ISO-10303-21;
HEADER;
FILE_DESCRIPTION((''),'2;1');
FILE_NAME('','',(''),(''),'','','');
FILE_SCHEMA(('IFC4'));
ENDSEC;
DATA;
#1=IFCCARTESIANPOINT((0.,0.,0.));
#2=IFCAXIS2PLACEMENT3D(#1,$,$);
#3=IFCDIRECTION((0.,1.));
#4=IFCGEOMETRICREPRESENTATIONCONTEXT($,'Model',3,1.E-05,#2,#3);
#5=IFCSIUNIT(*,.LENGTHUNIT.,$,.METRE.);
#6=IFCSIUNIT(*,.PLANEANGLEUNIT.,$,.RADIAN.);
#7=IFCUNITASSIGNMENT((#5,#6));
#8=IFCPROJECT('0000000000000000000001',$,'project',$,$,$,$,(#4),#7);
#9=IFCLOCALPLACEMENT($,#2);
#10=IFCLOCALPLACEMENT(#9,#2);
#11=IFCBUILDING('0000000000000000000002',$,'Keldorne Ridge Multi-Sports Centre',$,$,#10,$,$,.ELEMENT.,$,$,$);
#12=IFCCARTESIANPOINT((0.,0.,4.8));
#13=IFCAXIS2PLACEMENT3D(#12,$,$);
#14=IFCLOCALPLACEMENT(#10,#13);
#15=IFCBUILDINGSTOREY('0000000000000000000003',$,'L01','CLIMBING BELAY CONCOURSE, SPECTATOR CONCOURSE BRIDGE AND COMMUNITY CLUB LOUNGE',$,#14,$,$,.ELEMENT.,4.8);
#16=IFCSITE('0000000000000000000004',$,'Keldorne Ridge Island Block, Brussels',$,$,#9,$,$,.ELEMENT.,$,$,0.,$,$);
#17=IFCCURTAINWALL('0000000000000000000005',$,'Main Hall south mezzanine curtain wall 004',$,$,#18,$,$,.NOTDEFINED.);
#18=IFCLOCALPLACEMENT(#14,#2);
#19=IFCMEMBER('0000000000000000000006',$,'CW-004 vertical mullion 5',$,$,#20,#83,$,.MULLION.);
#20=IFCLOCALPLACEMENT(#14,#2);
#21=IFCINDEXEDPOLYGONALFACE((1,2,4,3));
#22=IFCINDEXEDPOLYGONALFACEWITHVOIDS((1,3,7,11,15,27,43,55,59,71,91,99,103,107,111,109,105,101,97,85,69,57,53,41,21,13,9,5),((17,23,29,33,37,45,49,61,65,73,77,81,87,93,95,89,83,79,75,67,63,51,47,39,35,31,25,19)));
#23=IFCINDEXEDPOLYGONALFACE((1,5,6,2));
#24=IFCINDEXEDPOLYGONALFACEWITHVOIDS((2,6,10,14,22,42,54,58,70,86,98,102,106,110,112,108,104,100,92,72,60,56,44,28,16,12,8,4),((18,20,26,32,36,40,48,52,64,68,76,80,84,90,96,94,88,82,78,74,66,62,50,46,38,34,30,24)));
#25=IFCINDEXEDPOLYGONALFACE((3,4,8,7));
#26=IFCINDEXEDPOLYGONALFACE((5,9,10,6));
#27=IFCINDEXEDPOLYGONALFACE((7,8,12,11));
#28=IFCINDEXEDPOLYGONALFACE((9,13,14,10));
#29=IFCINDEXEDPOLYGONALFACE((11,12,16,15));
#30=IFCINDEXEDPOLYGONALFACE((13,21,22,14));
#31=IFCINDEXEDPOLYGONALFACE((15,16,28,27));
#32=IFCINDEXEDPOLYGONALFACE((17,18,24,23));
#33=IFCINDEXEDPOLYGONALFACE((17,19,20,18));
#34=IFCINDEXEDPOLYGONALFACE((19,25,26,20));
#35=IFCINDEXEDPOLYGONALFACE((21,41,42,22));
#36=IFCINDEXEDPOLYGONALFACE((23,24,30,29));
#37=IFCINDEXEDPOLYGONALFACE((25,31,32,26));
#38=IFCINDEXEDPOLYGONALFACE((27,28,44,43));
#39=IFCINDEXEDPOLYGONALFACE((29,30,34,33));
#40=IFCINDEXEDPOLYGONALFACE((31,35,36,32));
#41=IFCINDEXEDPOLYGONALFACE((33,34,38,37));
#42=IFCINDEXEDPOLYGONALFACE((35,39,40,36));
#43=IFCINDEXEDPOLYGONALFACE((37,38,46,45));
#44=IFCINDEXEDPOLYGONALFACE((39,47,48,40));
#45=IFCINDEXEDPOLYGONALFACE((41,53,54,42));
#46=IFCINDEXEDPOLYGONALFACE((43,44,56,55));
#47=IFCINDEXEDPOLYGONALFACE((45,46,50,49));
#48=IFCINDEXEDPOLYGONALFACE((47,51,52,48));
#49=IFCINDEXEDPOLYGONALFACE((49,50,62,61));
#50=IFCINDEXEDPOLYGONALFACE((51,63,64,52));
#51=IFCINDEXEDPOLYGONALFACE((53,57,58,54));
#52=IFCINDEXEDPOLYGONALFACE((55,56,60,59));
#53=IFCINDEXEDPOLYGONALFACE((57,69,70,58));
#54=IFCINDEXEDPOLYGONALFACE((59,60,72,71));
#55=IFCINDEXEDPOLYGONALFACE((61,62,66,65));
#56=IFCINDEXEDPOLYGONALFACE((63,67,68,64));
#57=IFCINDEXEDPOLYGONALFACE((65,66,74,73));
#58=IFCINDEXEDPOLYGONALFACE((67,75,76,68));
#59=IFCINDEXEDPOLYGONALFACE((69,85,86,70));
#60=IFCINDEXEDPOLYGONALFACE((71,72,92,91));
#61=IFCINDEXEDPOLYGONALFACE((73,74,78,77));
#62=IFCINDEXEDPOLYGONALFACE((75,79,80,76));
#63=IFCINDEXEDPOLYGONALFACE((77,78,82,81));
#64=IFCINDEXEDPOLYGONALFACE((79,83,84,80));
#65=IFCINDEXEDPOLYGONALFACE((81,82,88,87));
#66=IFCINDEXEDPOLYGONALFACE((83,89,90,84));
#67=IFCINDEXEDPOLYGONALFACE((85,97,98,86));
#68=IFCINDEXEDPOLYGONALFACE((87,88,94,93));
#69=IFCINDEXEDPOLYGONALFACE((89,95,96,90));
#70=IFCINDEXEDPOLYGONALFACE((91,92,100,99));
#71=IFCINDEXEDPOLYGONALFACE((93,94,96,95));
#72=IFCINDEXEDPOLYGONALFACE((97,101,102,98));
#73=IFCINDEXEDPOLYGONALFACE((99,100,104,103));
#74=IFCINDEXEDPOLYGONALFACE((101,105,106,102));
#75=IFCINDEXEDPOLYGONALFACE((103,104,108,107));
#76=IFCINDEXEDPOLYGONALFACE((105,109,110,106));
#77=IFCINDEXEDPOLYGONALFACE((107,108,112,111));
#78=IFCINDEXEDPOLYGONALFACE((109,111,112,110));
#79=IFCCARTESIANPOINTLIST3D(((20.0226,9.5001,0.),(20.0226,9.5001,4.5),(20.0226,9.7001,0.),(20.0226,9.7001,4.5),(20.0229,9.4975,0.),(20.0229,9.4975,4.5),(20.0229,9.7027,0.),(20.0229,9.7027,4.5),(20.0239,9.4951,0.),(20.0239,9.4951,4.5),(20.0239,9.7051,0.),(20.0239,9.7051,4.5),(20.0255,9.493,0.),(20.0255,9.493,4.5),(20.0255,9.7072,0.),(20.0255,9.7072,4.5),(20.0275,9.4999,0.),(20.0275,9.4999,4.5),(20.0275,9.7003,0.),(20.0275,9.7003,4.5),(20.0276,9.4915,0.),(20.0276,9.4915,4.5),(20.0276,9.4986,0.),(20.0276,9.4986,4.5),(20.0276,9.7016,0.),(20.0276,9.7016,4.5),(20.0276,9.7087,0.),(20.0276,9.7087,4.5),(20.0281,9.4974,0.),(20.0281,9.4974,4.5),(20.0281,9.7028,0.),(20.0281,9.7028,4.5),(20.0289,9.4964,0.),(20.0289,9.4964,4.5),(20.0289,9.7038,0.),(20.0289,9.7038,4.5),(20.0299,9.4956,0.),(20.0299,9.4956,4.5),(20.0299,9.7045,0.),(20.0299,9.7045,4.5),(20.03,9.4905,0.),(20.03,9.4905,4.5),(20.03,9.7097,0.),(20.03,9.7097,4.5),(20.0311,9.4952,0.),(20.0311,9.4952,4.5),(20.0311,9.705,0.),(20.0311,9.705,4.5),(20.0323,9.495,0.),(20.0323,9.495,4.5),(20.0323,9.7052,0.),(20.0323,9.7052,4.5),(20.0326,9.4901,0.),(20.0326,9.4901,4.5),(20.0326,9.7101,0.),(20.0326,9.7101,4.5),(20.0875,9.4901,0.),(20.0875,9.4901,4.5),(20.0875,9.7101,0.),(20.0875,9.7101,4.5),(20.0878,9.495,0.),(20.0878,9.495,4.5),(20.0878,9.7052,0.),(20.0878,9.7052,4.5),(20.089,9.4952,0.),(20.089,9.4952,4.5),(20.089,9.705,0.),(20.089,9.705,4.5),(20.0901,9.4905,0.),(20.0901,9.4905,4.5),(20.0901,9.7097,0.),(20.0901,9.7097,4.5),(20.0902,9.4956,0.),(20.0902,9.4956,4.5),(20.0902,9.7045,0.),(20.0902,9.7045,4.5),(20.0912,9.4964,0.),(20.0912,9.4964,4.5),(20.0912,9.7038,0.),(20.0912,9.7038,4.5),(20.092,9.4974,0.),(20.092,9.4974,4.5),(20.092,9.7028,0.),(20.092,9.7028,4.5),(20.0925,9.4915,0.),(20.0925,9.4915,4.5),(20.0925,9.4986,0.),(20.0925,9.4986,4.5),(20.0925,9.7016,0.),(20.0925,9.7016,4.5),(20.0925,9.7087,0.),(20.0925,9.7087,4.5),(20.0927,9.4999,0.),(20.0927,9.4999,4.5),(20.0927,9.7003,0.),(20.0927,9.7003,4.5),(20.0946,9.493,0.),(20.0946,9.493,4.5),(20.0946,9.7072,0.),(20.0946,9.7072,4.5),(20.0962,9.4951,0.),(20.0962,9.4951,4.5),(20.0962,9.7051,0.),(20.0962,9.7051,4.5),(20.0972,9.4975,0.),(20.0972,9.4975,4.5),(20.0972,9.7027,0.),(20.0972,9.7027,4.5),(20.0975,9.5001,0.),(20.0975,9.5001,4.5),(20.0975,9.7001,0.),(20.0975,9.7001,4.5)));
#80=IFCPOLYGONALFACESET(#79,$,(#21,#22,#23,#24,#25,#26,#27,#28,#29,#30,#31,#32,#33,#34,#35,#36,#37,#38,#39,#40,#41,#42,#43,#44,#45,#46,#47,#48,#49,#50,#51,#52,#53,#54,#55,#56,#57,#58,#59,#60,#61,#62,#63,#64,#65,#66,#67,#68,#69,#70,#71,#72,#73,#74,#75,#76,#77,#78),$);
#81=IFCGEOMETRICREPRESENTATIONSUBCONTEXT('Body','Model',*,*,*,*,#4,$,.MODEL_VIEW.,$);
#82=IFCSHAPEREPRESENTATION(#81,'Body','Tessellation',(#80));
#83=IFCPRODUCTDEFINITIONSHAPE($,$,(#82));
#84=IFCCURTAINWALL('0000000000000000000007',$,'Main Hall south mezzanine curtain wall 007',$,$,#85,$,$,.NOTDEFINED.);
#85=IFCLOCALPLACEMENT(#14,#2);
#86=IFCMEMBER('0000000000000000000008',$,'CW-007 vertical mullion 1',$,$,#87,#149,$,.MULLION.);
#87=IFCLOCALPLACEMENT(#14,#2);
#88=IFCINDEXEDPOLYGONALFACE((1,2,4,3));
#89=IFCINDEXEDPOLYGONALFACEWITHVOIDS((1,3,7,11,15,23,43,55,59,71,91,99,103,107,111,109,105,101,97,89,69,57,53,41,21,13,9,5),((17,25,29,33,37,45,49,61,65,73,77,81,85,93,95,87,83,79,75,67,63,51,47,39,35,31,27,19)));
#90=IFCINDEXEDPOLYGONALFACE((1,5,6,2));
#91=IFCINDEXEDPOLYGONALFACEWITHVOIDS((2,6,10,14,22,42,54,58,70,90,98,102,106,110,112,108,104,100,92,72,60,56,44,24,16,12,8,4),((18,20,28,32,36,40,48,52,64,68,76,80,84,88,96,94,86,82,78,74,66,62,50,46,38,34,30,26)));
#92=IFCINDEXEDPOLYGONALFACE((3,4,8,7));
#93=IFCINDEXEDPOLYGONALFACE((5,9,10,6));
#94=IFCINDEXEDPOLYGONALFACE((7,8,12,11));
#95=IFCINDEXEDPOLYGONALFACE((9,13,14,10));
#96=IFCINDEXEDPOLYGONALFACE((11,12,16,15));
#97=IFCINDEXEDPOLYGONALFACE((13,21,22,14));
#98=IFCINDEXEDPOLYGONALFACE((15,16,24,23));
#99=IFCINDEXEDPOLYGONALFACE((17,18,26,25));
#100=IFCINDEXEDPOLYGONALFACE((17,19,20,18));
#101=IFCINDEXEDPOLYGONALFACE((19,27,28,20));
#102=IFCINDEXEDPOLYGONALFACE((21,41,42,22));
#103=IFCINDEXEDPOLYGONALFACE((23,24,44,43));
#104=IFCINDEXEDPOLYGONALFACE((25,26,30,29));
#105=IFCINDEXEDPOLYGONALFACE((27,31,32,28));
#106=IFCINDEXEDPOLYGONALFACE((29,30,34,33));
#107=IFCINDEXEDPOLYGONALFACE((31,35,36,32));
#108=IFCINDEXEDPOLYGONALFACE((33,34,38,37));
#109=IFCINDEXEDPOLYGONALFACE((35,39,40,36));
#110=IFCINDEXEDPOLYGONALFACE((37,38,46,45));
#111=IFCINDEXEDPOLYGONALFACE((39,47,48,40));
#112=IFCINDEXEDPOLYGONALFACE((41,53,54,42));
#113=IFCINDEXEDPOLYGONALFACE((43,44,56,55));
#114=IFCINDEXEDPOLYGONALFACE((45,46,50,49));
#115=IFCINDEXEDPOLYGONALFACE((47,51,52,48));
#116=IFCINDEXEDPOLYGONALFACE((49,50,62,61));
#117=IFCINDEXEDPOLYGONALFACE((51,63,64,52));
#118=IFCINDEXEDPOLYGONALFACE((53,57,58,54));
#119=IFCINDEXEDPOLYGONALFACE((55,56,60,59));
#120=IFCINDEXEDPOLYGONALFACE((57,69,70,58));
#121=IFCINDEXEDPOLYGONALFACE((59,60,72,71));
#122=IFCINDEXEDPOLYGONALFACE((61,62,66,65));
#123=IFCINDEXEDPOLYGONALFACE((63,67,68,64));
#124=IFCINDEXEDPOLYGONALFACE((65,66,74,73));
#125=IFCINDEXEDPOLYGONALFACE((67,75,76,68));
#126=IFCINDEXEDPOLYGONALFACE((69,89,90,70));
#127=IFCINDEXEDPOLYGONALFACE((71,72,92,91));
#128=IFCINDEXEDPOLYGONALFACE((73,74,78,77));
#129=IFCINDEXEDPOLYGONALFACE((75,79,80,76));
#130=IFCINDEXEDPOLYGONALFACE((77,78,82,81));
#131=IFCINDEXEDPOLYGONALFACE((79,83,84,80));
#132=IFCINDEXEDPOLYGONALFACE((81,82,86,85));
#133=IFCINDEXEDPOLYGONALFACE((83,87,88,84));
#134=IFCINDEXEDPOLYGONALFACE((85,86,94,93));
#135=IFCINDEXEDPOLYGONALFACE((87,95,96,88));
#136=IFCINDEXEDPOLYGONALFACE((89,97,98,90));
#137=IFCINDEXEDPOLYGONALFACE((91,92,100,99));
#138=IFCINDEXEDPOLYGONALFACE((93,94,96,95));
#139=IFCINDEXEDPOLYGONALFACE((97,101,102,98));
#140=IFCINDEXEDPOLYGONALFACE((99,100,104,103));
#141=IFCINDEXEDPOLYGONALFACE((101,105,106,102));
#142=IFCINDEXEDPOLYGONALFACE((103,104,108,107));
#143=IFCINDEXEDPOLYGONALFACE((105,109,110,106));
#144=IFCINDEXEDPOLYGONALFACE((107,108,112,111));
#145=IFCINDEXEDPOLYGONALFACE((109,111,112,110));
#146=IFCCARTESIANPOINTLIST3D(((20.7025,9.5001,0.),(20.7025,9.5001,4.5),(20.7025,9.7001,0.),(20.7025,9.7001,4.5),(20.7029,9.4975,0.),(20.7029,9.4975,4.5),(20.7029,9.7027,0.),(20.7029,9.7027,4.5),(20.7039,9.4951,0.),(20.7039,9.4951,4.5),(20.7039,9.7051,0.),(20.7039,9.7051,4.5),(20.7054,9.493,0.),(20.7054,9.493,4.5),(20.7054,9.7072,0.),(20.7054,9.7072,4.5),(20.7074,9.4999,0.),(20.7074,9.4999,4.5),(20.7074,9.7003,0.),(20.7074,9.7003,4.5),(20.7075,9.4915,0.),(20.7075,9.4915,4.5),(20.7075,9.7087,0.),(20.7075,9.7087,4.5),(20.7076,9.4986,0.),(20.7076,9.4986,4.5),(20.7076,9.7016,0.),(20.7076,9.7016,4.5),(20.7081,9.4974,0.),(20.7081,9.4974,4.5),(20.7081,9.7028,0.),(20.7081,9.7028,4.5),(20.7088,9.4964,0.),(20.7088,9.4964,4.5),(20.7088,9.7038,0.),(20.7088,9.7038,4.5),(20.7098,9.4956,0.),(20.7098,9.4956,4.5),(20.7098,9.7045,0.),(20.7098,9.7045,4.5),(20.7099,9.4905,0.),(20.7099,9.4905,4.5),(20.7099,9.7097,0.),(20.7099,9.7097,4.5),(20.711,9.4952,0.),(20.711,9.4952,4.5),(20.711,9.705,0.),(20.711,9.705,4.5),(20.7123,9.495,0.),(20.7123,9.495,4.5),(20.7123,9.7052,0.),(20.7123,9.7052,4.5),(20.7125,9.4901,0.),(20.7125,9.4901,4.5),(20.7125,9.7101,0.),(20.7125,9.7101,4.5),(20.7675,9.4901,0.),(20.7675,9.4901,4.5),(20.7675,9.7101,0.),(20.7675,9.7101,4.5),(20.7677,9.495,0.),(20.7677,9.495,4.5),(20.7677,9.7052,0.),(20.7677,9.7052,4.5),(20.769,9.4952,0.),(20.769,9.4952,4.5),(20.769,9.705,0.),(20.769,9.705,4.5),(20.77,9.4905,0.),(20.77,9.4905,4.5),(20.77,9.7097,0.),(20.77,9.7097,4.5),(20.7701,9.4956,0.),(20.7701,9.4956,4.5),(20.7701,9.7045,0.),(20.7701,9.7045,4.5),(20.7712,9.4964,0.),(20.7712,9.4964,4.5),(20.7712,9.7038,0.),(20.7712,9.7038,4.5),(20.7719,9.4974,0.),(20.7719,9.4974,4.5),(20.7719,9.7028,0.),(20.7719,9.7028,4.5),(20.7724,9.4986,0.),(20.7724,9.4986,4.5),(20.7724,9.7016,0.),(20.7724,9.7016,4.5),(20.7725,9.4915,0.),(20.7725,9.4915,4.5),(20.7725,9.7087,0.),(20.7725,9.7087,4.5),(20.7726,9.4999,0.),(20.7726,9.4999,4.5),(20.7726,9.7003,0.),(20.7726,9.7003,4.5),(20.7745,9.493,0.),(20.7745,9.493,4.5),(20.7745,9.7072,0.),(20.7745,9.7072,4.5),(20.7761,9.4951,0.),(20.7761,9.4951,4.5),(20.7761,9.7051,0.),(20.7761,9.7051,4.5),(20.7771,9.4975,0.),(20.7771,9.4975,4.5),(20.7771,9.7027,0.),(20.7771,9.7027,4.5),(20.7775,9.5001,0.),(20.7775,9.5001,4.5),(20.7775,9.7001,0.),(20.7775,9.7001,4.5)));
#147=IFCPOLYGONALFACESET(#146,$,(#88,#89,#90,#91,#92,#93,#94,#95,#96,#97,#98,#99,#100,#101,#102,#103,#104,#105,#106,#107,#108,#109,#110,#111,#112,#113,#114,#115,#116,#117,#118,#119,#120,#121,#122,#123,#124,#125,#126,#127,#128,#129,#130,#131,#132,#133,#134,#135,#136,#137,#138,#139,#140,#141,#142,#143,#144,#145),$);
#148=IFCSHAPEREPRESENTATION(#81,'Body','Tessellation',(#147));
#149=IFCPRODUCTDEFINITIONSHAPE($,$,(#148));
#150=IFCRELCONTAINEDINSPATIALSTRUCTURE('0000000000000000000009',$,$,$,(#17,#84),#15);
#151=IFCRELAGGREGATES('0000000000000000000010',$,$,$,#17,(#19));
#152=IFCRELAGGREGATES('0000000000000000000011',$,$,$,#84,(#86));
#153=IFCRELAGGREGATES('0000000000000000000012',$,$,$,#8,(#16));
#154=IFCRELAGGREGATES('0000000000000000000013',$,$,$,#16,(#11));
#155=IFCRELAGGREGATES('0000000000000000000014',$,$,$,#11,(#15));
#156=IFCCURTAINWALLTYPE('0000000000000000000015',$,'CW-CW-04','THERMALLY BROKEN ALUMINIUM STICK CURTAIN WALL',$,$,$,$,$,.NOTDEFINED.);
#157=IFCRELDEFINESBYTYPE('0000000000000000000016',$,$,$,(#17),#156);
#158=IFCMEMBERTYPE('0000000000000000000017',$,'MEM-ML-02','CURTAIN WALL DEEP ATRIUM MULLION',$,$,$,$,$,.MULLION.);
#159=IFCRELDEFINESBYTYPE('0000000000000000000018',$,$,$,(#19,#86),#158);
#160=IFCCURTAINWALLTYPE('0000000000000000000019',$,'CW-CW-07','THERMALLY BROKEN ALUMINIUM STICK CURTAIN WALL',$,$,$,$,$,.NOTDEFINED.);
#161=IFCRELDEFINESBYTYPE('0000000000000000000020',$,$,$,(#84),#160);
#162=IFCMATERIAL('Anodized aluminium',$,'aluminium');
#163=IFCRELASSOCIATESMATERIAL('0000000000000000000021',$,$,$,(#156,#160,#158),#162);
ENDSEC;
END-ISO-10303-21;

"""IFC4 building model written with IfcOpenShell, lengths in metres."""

from ifc_helpers import new_model, si_unit, direction, frame, origin, origin_2d, place, context, subcontext, project, spatial, hollow_rectangle, extrude, material, material_profile, profile_set, type_object, element, aggregate, save


model = new_model("IFC4")

# Units and contexts
model_context = context("Model", 3, precision=1e-05, world=origin(), true_north=direction((0.0, 1.0)))
body_context = subcontext(model_context, "Body", "Model", "MODEL_VIEW")
ifc_project = project(units=[si_unit("LENGTHUNIT", "METRE"), si_unit("PLANEANGLEUNIT", "RADIAN")], contexts=[model_context])

# Site, building, storey
site_placement = place(None, origin())
site = spatial("IfcSite", under=ifc_project, at=site_placement, Name="Keldorne Ridge Island Block, Brussels", CompositionType="ELEMENT", RefElevation=0.0)
building_placement = place(site_placement, origin())
building = spatial("IfcBuilding", under=site, at=building_placement, Name="Keldorne Ridge Multi-Sports Centre", CompositionType="ELEMENT")
storey_placement = place(building_placement, frame((0.0, 0.0, 4.8)))
storey = spatial("IfcBuildingStorey", under=building, at=storey_placement, Name="L01", Description="CLIMBING BELAY CONCOURSE, SPECTATOR CONCOURSE BRIDGE AND COMMUNITY CLUB LOUNGE", CompositionType="ELEMENT", Elevation=4.8)

# Curtain walls, members
ifc_material_1 = material(Name="Anodized aluminium", Category="aluminium")
curtain_wall_type_1 = type_object("IfcCurtainWallType", Name="CW-CW-04", Description="THERMALLY BROKEN ALUMINIUM STICK CURTAIN WALL", PredefinedType="NOTDEFINED", material=ifc_material_1)
curtain_wall_1_placement = place(storey_placement, origin())
curtain_wall_1 = element("IfcCurtainWall", 1, at=curtain_wall_1_placement, inside=storey, type_object=curtain_wall_type_1, Name="Main Hall south mezzanine curtain wall 004", PredefinedType="NOTDEFINED")
ifc_material_profile_1 = material_profile(ifc_material_1, hollow_rectangle(XDim=0.075, YDim=0.22, WallThickness=0.0049, InnerFilletRadius=0.0049, OuterFilletRadius=0.01, at=origin_2d()), Name="ALU MULLION 220x75x5")
ifc_profile_set_1 = profile_set([ifc_material_profile_1], Name="Anodized aluminium")
member_type_1 = type_object("IfcMemberType", Name="MEM-ML-02", Description="CURTAIN WALL DEEP ATRIUM MULLION", PredefinedType="MULLION", material=ifc_profile_set_1)
member_1_placement = place(storey_placement, frame((20.0601, 9.6001, 0.0), z_axis=(0.0, 0.0, 1.0), x_axis=(1.0, 0.0, 0.0)))
member_1 = element("IfcMember", 2, at=member_1_placement, type_object=member_type_1, Name="CW-004 vertical mullion 5", PredefinedType="MULLION", context=body_context, shape_type="SweptSolid", body=[
    extrude(hollow_rectangle(XDim=0.075, YDim=0.22, WallThickness=0.0049, InnerFilletRadius=0.0049, OuterFilletRadius=0.01, at=origin_2d()), origin(), (0.0, 0.0, 1.0), 4.5),
])
curtain_wall_type_2 = type_object("IfcCurtainWallType", Name="CW-CW-07", Description="THERMALLY BROKEN ALUMINIUM STICK CURTAIN WALL", PredefinedType="NOTDEFINED", material=ifc_material_1)
curtain_wall_2_placement = place(storey_placement, origin())
curtain_wall_2 = element("IfcCurtainWall", 3, at=curtain_wall_2_placement, inside=storey, type_object=curtain_wall_type_2, Name="Main Hall south mezzanine curtain wall 007", PredefinedType="NOTDEFINED")
member_2_placement = place(storey_placement, frame((20.74, 9.6001, 0.0), z_axis=(0.0, 0.0, 1.0), x_axis=(1.0, 0.0, 0.0)))
member_2 = element("IfcMember", 4, at=member_2_placement, type_object=member_type_1, Name="CW-007 vertical mullion 1", PredefinedType="MULLION", context=body_context, shape_type="SweptSolid", body=[
    extrude(hollow_rectangle(XDim=0.075, YDim=0.22, WallThickness=0.0049, InnerFilletRadius=0.0049, OuterFilletRadius=0.01, at=origin_2d()), origin(), (0.0, 0.0, 1.0), 4.5),
])

aggregate(curtain_wall_1, [member_1])
aggregate(curtain_wall_2, [member_2])

save(model, "model.ifc")
